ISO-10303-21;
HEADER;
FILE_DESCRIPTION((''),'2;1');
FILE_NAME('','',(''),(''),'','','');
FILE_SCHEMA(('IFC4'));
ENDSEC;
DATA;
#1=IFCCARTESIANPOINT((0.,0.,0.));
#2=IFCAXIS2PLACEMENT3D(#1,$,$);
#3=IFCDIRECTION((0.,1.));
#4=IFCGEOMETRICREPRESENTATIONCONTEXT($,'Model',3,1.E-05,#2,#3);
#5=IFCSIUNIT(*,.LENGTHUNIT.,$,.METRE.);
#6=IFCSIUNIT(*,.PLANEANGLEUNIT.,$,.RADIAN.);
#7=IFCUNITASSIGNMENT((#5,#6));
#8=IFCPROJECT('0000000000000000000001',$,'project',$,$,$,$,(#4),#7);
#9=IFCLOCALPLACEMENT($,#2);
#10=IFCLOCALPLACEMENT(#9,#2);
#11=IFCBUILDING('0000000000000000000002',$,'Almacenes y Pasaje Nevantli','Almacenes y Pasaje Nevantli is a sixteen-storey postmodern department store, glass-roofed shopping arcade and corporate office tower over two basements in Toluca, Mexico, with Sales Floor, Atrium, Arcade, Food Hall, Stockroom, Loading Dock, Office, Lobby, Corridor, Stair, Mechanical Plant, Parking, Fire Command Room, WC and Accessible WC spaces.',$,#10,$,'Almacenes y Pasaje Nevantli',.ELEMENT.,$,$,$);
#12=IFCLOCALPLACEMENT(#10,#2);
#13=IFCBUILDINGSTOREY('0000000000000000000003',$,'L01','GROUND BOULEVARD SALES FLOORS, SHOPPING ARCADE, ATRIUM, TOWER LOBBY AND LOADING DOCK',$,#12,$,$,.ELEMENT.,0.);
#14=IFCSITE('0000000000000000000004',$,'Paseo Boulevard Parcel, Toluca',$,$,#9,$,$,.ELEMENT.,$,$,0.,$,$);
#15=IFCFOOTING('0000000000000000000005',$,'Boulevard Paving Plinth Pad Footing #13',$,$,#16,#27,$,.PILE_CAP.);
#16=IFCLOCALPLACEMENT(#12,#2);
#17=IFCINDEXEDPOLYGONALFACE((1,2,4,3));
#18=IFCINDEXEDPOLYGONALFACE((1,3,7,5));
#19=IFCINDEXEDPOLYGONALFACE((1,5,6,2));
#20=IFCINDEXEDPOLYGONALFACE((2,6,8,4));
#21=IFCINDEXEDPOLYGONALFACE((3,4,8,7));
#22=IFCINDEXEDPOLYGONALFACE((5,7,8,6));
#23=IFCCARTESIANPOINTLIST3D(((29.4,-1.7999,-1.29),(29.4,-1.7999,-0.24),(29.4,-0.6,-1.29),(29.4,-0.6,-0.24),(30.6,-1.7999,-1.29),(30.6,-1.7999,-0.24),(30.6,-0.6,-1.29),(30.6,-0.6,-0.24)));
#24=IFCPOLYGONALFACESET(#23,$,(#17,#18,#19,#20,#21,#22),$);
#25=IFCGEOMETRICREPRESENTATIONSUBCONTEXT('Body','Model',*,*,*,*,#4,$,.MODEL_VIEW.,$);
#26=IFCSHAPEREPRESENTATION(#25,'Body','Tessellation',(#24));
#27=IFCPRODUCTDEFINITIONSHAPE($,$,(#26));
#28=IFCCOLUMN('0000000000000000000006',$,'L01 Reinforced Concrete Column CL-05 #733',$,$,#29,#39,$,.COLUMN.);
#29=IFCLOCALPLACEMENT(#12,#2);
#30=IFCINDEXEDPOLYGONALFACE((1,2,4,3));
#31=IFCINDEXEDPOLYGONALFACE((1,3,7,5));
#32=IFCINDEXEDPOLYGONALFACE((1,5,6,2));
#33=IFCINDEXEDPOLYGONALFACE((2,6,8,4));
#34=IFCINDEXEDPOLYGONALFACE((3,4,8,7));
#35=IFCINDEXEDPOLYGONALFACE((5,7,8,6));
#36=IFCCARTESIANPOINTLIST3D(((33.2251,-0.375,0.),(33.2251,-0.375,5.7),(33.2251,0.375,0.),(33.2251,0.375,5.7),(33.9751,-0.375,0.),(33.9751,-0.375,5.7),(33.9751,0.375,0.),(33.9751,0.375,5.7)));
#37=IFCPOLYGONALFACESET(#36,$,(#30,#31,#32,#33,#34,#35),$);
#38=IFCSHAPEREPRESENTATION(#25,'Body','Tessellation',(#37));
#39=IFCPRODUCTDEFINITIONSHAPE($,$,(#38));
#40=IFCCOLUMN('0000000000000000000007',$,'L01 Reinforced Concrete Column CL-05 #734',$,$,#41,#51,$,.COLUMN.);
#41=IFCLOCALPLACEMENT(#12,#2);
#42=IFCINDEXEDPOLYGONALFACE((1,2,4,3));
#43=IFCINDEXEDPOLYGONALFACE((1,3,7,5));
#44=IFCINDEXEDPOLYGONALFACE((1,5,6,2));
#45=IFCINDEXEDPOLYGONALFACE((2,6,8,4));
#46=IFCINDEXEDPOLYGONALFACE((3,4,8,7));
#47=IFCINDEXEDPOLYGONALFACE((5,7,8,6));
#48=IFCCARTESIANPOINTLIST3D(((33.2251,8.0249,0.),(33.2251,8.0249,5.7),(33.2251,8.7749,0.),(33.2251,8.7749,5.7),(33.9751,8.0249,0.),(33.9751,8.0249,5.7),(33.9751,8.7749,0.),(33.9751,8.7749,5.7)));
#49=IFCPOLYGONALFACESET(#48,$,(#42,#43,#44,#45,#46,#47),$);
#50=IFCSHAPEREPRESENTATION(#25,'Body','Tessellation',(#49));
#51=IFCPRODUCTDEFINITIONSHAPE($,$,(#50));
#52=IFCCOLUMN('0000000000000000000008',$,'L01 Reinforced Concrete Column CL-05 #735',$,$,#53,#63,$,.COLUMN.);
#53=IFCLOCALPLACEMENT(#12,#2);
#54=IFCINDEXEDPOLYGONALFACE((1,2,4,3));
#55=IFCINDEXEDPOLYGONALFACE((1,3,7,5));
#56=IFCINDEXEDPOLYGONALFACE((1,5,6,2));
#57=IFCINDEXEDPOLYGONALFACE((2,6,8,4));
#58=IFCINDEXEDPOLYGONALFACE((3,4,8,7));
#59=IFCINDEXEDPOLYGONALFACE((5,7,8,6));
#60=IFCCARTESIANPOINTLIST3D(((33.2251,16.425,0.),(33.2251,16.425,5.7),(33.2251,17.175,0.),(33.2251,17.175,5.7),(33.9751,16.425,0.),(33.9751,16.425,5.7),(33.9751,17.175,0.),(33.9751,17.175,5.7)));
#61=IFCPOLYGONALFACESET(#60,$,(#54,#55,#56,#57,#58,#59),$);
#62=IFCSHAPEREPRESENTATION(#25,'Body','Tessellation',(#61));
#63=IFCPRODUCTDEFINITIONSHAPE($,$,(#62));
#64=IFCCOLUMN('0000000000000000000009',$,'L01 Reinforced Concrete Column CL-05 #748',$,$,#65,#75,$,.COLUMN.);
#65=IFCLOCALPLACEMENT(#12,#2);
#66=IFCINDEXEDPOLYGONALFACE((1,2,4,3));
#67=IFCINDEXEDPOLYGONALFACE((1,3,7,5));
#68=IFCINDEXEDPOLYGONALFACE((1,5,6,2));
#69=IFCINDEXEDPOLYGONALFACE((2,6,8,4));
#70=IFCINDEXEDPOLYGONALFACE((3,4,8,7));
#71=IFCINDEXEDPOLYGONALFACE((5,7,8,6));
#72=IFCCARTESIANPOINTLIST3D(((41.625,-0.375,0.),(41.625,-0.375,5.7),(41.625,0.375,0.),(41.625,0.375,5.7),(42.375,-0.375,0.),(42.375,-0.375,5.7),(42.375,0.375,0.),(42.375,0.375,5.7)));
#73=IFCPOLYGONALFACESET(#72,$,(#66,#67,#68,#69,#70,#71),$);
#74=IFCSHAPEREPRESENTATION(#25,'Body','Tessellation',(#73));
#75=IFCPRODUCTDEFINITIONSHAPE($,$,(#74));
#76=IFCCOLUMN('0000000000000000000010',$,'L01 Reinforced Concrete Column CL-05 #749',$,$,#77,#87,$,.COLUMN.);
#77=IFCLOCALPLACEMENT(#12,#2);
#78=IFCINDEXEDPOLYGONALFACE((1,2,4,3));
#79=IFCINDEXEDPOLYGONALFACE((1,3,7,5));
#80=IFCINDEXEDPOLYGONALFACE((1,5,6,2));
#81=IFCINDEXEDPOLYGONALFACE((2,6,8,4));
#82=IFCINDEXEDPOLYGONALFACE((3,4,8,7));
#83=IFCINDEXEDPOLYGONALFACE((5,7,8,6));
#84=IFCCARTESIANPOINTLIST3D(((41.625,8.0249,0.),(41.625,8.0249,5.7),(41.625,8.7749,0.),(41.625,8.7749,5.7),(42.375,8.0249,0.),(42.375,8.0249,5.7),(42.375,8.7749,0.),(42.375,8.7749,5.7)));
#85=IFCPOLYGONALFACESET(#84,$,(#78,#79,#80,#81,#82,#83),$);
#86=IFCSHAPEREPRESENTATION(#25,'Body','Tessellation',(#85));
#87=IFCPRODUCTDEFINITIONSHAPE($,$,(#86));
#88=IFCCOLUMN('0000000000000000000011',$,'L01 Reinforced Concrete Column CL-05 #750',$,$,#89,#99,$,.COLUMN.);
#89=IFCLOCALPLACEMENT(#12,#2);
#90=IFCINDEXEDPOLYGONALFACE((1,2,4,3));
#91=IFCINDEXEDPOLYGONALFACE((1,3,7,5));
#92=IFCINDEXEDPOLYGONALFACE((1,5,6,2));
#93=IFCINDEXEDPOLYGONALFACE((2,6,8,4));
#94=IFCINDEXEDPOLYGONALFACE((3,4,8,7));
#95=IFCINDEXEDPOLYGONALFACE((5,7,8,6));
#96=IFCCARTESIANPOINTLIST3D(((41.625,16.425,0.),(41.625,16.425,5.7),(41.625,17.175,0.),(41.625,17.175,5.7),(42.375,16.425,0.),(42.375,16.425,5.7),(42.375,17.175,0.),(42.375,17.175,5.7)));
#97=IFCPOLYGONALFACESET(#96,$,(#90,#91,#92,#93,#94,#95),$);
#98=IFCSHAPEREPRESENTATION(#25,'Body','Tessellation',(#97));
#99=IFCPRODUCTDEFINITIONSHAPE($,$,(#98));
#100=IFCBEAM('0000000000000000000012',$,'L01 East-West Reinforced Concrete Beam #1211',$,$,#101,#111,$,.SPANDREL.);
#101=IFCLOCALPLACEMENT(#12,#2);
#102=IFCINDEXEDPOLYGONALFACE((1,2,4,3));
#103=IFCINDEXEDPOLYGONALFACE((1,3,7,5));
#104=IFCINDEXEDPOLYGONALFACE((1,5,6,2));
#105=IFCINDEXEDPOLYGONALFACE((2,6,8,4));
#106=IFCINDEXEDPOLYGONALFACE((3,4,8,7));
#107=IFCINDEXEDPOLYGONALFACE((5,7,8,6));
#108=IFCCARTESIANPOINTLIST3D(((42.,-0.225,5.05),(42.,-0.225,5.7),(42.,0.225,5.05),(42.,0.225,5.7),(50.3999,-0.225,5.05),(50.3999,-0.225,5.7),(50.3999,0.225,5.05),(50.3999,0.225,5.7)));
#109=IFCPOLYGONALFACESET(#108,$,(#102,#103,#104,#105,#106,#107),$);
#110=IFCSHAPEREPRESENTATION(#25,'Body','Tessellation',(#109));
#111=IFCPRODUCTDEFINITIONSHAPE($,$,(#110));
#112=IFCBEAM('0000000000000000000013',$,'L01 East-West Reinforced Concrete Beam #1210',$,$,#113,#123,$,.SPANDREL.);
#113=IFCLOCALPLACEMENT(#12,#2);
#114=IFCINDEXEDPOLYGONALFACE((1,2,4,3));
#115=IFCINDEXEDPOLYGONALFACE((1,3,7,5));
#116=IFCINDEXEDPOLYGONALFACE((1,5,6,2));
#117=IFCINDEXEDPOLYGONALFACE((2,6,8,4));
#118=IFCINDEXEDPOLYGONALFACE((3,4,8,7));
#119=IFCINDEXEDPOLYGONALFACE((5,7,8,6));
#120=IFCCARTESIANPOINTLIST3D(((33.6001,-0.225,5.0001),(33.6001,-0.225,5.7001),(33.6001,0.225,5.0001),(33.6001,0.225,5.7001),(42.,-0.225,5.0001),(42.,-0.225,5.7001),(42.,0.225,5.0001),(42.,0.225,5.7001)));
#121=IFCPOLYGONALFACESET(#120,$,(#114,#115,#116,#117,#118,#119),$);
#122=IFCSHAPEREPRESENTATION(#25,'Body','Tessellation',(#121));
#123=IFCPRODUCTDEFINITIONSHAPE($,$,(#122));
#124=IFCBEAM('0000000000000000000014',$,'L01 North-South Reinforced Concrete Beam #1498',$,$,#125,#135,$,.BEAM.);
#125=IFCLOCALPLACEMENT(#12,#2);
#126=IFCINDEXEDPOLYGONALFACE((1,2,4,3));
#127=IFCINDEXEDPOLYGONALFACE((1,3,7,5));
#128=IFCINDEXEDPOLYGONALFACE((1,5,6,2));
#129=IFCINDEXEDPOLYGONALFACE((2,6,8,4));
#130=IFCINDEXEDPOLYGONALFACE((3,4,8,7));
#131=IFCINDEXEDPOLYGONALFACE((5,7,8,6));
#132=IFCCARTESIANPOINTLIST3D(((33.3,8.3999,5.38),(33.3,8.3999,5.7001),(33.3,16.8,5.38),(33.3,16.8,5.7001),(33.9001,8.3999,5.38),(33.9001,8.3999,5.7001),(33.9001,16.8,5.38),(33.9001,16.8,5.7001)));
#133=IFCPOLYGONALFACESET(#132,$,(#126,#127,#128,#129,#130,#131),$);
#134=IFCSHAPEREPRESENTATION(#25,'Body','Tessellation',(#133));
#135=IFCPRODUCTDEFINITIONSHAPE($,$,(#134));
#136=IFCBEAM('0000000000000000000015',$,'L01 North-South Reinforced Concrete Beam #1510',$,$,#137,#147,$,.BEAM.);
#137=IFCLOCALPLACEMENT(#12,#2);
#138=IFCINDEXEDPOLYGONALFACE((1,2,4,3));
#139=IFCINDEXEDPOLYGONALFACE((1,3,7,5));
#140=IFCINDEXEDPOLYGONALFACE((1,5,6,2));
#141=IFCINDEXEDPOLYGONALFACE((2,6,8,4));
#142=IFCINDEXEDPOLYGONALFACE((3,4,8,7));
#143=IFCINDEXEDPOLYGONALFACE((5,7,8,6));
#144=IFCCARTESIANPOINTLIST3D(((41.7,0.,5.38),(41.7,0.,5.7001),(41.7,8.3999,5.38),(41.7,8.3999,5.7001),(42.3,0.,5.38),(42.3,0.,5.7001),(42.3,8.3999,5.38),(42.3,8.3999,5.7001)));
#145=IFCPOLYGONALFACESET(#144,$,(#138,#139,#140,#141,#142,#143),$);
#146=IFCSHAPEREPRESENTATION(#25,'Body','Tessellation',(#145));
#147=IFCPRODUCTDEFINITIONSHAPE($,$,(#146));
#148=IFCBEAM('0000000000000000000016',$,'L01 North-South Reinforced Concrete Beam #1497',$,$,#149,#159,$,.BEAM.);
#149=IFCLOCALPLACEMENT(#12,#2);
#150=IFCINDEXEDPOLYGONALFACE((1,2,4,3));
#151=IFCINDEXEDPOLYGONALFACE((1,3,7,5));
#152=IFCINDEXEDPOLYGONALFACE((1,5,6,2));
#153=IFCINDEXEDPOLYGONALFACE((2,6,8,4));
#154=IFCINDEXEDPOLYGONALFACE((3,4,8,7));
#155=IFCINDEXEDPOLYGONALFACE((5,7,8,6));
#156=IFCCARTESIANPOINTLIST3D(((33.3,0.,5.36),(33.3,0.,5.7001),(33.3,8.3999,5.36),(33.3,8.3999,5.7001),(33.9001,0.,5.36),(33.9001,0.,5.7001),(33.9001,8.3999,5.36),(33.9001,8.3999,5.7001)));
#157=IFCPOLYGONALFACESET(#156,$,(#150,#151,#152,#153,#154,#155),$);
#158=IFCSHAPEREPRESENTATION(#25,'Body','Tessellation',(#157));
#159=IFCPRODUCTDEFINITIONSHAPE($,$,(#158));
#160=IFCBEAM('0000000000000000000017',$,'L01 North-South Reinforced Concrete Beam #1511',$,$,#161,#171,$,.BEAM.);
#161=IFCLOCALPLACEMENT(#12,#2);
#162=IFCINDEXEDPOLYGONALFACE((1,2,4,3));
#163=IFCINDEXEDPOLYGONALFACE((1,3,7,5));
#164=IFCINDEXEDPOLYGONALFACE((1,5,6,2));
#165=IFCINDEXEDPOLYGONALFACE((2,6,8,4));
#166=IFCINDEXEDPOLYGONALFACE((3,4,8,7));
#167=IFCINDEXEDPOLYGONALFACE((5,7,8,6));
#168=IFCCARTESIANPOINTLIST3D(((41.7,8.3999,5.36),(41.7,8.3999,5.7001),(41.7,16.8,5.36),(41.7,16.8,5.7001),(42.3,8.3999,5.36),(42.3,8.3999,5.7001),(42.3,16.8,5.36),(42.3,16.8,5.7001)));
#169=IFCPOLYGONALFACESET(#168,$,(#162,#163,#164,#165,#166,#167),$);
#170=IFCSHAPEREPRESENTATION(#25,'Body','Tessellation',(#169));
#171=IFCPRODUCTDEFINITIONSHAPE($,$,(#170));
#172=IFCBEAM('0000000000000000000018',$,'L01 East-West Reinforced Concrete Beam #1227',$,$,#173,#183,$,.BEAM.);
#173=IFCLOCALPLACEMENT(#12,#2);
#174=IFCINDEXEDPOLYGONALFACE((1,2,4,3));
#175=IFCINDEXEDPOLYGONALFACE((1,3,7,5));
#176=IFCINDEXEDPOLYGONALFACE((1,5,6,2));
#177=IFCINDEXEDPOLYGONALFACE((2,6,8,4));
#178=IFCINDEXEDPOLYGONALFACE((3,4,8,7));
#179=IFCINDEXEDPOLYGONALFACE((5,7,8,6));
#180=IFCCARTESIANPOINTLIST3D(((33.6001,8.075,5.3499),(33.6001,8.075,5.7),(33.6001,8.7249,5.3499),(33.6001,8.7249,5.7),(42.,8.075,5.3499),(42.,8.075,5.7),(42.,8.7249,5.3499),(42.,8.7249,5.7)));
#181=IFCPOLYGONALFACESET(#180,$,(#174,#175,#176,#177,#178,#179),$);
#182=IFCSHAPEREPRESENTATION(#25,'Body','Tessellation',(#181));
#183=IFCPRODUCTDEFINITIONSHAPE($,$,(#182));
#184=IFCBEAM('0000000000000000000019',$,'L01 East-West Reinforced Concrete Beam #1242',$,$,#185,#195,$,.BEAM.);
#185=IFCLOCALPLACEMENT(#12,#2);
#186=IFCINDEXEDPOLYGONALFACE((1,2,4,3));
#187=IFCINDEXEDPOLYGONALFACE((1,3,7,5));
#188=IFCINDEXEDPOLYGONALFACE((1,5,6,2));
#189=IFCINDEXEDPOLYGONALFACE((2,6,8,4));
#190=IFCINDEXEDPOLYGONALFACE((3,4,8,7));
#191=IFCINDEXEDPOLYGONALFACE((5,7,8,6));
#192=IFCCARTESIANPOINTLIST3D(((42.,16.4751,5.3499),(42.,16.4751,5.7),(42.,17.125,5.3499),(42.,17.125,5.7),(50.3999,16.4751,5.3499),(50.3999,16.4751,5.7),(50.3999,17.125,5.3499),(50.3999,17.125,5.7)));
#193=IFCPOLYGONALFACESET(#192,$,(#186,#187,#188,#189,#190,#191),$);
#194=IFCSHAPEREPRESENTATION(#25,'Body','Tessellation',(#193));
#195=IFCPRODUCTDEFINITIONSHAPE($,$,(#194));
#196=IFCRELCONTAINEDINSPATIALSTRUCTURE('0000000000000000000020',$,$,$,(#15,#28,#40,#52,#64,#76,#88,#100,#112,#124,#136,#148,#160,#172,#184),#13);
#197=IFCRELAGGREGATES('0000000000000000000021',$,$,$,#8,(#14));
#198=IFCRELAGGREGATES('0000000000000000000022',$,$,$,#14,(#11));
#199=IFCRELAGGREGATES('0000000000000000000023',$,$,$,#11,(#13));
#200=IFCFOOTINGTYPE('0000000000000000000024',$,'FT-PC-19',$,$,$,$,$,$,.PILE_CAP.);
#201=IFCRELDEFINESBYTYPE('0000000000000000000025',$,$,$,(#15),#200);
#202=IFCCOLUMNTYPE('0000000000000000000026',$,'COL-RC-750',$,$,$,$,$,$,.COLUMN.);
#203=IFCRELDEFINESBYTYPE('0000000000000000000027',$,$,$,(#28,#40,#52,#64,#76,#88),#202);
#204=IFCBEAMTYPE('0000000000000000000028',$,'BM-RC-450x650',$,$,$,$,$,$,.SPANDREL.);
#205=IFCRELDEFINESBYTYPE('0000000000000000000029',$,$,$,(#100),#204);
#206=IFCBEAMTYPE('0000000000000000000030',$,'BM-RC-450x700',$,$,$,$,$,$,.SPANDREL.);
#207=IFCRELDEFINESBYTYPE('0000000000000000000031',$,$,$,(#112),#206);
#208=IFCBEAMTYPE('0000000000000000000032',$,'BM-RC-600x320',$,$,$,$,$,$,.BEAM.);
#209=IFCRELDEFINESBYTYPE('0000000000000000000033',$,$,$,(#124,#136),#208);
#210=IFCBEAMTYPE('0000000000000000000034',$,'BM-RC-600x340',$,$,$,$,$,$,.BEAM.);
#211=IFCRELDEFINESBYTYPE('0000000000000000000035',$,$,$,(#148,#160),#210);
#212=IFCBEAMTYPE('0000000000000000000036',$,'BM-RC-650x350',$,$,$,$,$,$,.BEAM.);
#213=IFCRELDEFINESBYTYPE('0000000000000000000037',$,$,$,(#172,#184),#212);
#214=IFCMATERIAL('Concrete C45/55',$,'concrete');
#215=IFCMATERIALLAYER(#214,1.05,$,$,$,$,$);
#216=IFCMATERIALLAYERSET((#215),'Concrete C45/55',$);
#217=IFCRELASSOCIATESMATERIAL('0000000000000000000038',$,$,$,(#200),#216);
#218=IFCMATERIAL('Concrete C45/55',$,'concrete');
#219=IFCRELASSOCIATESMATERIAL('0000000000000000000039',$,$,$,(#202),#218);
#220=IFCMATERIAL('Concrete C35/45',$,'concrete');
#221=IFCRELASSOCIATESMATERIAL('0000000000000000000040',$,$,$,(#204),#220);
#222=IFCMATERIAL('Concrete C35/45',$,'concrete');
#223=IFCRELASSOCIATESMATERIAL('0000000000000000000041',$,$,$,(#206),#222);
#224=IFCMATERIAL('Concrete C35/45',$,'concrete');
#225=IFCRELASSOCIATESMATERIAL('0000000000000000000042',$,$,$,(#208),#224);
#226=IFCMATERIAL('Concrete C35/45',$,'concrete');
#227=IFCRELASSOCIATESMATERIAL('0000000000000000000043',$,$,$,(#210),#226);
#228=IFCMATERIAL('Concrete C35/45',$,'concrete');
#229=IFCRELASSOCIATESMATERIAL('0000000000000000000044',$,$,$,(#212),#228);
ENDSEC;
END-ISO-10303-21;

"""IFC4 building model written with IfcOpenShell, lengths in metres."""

from ifc_helpers import new_model, si_unit, direction, frame, origin, origin_2d, place, context, subcontext, project, spatial, rectangle, extrude, material, layer, layer_set, material_profile, profile_set, type_object, element, save


model = new_model("IFC4")

# Units and contexts
model_context = context("Model", 3, precision=1e-05, world=origin(), true_north=direction((0.0, 1.0)))
body_context = subcontext(model_context, "Body", "Model", "MODEL_VIEW")
ifc_project = project(units=[si_unit("LENGTHUNIT", "METRE"), si_unit("PLANEANGLEUNIT", "RADIAN")], contexts=[model_context])

# Site, building, storey
site_placement = place(None, origin())
site = spatial("IfcSite", under=ifc_project, at=site_placement, Name="Paseo Boulevard Parcel, Toluca", CompositionType="ELEMENT", RefElevation=0.0)
building_placement = place(site_placement, origin())
building = spatial("IfcBuilding", under=site, at=building_placement, Name="Almacenes y Pasaje Nevantli", Description="Almacenes y Pasaje Nevantli is a sixteen-storey postmodern department store, glass-roofed shopping arcade and corporate office tower over two basements in Toluca, Mexico, with Sales Floor, Atrium, Arcade, Food Hall, Stockroom, Loading Dock, Office, Lobby, Corridor, Stair, Mechanical Plant, Parking, Fire Command Room, WC and Accessible WC spaces.", LongName="Almacenes y Pasaje Nevantli", CompositionType="ELEMENT")
storey_placement = place(building_placement, origin())
storey = spatial("IfcBuildingStorey", under=building, at=storey_placement, Name="L01", Description="GROUND BOULEVARD SALES FLOORS, SHOPPING ARCADE, ATRIUM, TOWER LOBBY AND LOADING DOCK", CompositionType="ELEMENT", Elevation=0.0)

# Footing
ifc_material_1 = material(Name="Concrete C45/55", Category="concrete")
ifc_layer_1 = layer(ifc_material_1, 1.05)
ifc_layer_set_1 = layer_set([ifc_layer_1], Name="Concrete C45/55")
footing_type = type_object("IfcFootingType", Name="FT-PC-19", PredefinedType="PILE_CAP", material=ifc_layer_set_1)
footing_placement = place(storey_placement, frame((30.0, -1.2, -1.29), z_axis=(0.0, 0.0, 1.0), x_axis=(1.0, 0.0, 0.0)))
element("IfcFooting", 1, at=footing_placement, inside=storey, type_object=footing_type, Name="Boulevard Paving Plinth Pad Footing #13", PredefinedType="PILE_CAP", context=body_context, shape_type="SweptSolid", body=[
    extrude(rectangle(XDim=1.2, YDim=1.2, at=origin_2d()), origin(), (0.0, 0.0, 1.0), 1.05),
])

# Columns
ifc_material_2 = material(Name="Concrete C45/55", Category="concrete")
ifc_material_profile_1 = material_profile(ifc_material_2, rectangle(XDim=0.75, YDim=0.75, at=origin_2d()), Name="RC-COL-750x750")
ifc_profile_set_1 = profile_set([ifc_material_profile_1], Name="Concrete C45/55")
column_type = type_object("IfcColumnType", Name="COL-RC-750", PredefinedType="COLUMN", material=ifc_profile_set_1)
for number, where, z_axis, x_axis, name in (
    (2, (33.6001, 0.0, 0.0), (0.0, 0.0, 1.0), (1.0, 0.0, 0.0), "L01 Reinforced Concrete Column CL-05 #733"),
    (3, (33.6001, 8.3999, 0.0), (0.0, 0.0, 1.0), (1.0, 0.0, 0.0), "L01 Reinforced Concrete Column CL-05 #734"),
    (4, (33.6001, 16.8, 0.0), (0.0, 0.0, 1.0), (1.0, 0.0, 0.0), "L01 Reinforced Concrete Column CL-05 #735"),
    (5, (42.0, 0.0, 0.0), (0.0, 0.0, 1.0), (1.0, 0.0, 0.0), "L01 Reinforced Concrete Column CL-05 #748"),
    (6, (42.0, 8.3999, 0.0), (0.0, 0.0, 1.0), (1.0, 0.0, 0.0), "L01 Reinforced Concrete Column CL-05 #749"),
    (7, (42.0, 16.8, 0.0), (0.0, 0.0, 1.0), (1.0, 0.0, 0.0), "L01 Reinforced Concrete Column CL-05 #750"),
):
    element("IfcColumn", number, at=place(storey_placement, frame(where, z_axis=z_axis, x_axis=x_axis)), inside=storey, type_object=column_type, Name=name, PredefinedType="COLUMN", context=body_context, shape_type="SweptSolid", body=[
        extrude(rectangle(XDim=0.75, YDim=0.75, at=origin_2d()), origin(), (0.0, 0.0, 1.0), 5.7),
    ])

# Beams
ifc_material_3 = material(Name="Concrete C35/45", Category="concrete")
ifc_material_profile_2 = material_profile(ifc_material_3, rectangle(XDim=0.45, YDim=0.6499, at=origin_2d()), Name="RC-BM-450x650")
ifc_profile_set_2 = profile_set([ifc_material_profile_2], Name="Concrete C35/45")
beam_type_1 = type_object("IfcBeamType", Name="BM-RC-450x650", PredefinedType="SPANDREL", material=ifc_profile_set_2)
beam_1_placement = place(storey_placement, frame((42.0, 0.0, 5.375), z_axis=(1.0, 0.0, 0.0), x_axis=(0.0, 1.0, 0.0)))
element("IfcBeam", 8, at=beam_1_placement, inside=storey, type_object=beam_type_1, Name="L01 East-West Reinforced Concrete Beam #1211", PredefinedType="SPANDREL", context=body_context, shape_type="SweptSolid", body=[
    extrude(rectangle(XDim=0.45, YDim=0.6499, at=origin_2d()), origin(), (0.0, 0.0, 1.0), 8.3999),
])
ifc_material_4 = material(Name="Concrete C35/45", Category="concrete")
ifc_material_profile_3 = material_profile(ifc_material_4, rectangle(XDim=0.45, YDim=0.7, at=origin_2d()), Name="RC-BM-450x700")
ifc_profile_set_3 = profile_set([ifc_material_profile_3], Name="Concrete C35/45")
beam_type_2 = type_object("IfcBeamType", Name="BM-RC-450x700", PredefinedType="SPANDREL", material=ifc_profile_set_3)
beam_2_placement = place(storey_placement, frame((33.6001, 0.0, 5.3501), z_axis=(1.0, 0.0, 0.0), x_axis=(0.0, 1.0, 0.0)))
element("IfcBeam", 9, at=beam_2_placement, inside=storey, type_object=beam_type_2, Name="L01 East-West Reinforced Concrete Beam #1210", PredefinedType="SPANDREL", context=body_context, shape_type="SweptSolid", body=[
    extrude(rectangle(XDim=0.45, YDim=0.7, at=origin_2d()), origin(), (0.0, 0.0, 1.0), 8.3999),
])
ifc_material_5 = material(Name="Concrete C35/45", Category="concrete")
ifc_material_profile_4 = material_profile(ifc_material_5, rectangle(XDim=0.6001, YDim=0.3201, at=origin_2d()), Name="RC-BM-600x320")
ifc_profile_set_4 = profile_set([ifc_material_profile_4], Name="Concrete C35/45")
beam_type_3 = type_object("IfcBeamType", Name="BM-RC-600x320", PredefinedType="BEAM", material=ifc_profile_set_4)
beam_3_placement = place(storey_placement, frame((33.6001, 8.3999, 5.54), z_axis=(0.0, 1.0, 0.0), x_axis=(-1.0, 0.0, 0.0)))
element("IfcBeam", 10, at=beam_3_placement, inside=storey, type_object=beam_type_3, Name="L01 North-South Reinforced Concrete Beam #1498", PredefinedType="BEAM", context=body_context, shape_type="SweptSolid", body=[
    extrude(rectangle(XDim=0.6001, YDim=0.3201, at=origin_2d()), origin(), (0.0, 0.0, 1.0), 8.4001),
])
beam_4_placement = place(storey_placement, frame((42.0, 0.0, 5.54), z_axis=(0.0, 1.0, 0.0), x_axis=(-1.0, 0.0, 0.0)))
element("IfcBeam", 11, at=beam_4_placement, inside=storey, type_object=beam_type_3, Name="L01 North-South Reinforced Concrete Beam #1510", PredefinedType="BEAM", context=body_context, shape_type="SweptSolid", body=[
    extrude(rectangle(XDim=0.6001, YDim=0.3201, at=origin_2d()), origin(), (0.0, 0.0, 1.0), 8.3999),
])
ifc_material_6 = material(Name="Concrete C35/45", Category="concrete")
ifc_material_profile_5 = material_profile(ifc_material_6, rectangle(XDim=0.6001, YDim=0.3401, at=origin_2d()), Name="RC-BM-600x340")
ifc_profile_set_5 = profile_set([ifc_material_profile_5], Name="Concrete C35/45")
beam_type_4 = type_object("IfcBeamType", Name="BM-RC-600x340", PredefinedType="BEAM", material=ifc_profile_set_5)
beam_5_placement = place(storey_placement, frame((33.6001, 0.0, 5.53), z_axis=(0.0, 1.0, 0.0), x_axis=(-1.0, 0.0, 0.0)))
element("IfcBeam", 12, at=beam_5_placement, inside=storey, type_object=beam_type_4, Name="L01 North-South Reinforced Concrete Beam #1497", PredefinedType="BEAM", context=body_context, shape_type="SweptSolid", body=[
    extrude(rectangle(XDim=0.6001, YDim=0.3401, at=origin_2d()), origin(), (0.0, 0.0, 1.0), 8.3999),
])
beam_6_placement = place(storey_placement, frame((42.0, 8.3999, 5.53), z_axis=(0.0, 1.0, 0.0), x_axis=(-1.0, 0.0, 0.0)))
element("IfcBeam", 13, at=beam_6_placement, inside=storey, type_object=beam_type_4, Name="L01 North-South Reinforced Concrete Beam #1511", PredefinedType="BEAM", context=body_context, shape_type="SweptSolid", body=[
    extrude(rectangle(XDim=0.6001, YDim=0.3401, at=origin_2d()), origin(), (0.0, 0.0, 1.0), 8.4001),
])
ifc_material_7 = material(Name="Concrete C35/45", Category="concrete")
ifc_material_profile_6 = material_profile(ifc_material_7, rectangle(XDim=0.6499, YDim=0.3501, at=origin_2d()), Name="RC-BM-650x350")
ifc_profile_set_6 = profile_set([ifc_material_profile_6], Name="Concrete C35/45")
beam_type_5 = type_object("IfcBeamType", Name="BM-RC-650x350", PredefinedType="BEAM", material=ifc_profile_set_6)
for number, where, z_axis, x_axis, name in (
    (14, (33.6001, 8.3999, 5.5249), (1.0, 0.0, 0.0), (0.0, 1.0, 0.0), "L01 East-West Reinforced Concrete Beam #1227"),
    (15, (42.0, 16.8, 5.5249), (1.0, 0.0, 0.0), (0.0, 1.0, 0.0), "L01 East-West Reinforced Concrete Beam #1242"),
):
    element("IfcBeam", number, at=place(storey_placement, frame(where, z_axis=z_axis, x_axis=x_axis)), inside=storey, type_object=beam_type_5, Name=name, PredefinedType="BEAM", context=body_context, shape_type="SweptSolid", body=[
        extrude(rectangle(XDim=0.6499, YDim=0.3501, at=origin_2d()), origin(), (0.0, 0.0, 1.0), 8.3999),
    ])

save(model, "model.ifc")
